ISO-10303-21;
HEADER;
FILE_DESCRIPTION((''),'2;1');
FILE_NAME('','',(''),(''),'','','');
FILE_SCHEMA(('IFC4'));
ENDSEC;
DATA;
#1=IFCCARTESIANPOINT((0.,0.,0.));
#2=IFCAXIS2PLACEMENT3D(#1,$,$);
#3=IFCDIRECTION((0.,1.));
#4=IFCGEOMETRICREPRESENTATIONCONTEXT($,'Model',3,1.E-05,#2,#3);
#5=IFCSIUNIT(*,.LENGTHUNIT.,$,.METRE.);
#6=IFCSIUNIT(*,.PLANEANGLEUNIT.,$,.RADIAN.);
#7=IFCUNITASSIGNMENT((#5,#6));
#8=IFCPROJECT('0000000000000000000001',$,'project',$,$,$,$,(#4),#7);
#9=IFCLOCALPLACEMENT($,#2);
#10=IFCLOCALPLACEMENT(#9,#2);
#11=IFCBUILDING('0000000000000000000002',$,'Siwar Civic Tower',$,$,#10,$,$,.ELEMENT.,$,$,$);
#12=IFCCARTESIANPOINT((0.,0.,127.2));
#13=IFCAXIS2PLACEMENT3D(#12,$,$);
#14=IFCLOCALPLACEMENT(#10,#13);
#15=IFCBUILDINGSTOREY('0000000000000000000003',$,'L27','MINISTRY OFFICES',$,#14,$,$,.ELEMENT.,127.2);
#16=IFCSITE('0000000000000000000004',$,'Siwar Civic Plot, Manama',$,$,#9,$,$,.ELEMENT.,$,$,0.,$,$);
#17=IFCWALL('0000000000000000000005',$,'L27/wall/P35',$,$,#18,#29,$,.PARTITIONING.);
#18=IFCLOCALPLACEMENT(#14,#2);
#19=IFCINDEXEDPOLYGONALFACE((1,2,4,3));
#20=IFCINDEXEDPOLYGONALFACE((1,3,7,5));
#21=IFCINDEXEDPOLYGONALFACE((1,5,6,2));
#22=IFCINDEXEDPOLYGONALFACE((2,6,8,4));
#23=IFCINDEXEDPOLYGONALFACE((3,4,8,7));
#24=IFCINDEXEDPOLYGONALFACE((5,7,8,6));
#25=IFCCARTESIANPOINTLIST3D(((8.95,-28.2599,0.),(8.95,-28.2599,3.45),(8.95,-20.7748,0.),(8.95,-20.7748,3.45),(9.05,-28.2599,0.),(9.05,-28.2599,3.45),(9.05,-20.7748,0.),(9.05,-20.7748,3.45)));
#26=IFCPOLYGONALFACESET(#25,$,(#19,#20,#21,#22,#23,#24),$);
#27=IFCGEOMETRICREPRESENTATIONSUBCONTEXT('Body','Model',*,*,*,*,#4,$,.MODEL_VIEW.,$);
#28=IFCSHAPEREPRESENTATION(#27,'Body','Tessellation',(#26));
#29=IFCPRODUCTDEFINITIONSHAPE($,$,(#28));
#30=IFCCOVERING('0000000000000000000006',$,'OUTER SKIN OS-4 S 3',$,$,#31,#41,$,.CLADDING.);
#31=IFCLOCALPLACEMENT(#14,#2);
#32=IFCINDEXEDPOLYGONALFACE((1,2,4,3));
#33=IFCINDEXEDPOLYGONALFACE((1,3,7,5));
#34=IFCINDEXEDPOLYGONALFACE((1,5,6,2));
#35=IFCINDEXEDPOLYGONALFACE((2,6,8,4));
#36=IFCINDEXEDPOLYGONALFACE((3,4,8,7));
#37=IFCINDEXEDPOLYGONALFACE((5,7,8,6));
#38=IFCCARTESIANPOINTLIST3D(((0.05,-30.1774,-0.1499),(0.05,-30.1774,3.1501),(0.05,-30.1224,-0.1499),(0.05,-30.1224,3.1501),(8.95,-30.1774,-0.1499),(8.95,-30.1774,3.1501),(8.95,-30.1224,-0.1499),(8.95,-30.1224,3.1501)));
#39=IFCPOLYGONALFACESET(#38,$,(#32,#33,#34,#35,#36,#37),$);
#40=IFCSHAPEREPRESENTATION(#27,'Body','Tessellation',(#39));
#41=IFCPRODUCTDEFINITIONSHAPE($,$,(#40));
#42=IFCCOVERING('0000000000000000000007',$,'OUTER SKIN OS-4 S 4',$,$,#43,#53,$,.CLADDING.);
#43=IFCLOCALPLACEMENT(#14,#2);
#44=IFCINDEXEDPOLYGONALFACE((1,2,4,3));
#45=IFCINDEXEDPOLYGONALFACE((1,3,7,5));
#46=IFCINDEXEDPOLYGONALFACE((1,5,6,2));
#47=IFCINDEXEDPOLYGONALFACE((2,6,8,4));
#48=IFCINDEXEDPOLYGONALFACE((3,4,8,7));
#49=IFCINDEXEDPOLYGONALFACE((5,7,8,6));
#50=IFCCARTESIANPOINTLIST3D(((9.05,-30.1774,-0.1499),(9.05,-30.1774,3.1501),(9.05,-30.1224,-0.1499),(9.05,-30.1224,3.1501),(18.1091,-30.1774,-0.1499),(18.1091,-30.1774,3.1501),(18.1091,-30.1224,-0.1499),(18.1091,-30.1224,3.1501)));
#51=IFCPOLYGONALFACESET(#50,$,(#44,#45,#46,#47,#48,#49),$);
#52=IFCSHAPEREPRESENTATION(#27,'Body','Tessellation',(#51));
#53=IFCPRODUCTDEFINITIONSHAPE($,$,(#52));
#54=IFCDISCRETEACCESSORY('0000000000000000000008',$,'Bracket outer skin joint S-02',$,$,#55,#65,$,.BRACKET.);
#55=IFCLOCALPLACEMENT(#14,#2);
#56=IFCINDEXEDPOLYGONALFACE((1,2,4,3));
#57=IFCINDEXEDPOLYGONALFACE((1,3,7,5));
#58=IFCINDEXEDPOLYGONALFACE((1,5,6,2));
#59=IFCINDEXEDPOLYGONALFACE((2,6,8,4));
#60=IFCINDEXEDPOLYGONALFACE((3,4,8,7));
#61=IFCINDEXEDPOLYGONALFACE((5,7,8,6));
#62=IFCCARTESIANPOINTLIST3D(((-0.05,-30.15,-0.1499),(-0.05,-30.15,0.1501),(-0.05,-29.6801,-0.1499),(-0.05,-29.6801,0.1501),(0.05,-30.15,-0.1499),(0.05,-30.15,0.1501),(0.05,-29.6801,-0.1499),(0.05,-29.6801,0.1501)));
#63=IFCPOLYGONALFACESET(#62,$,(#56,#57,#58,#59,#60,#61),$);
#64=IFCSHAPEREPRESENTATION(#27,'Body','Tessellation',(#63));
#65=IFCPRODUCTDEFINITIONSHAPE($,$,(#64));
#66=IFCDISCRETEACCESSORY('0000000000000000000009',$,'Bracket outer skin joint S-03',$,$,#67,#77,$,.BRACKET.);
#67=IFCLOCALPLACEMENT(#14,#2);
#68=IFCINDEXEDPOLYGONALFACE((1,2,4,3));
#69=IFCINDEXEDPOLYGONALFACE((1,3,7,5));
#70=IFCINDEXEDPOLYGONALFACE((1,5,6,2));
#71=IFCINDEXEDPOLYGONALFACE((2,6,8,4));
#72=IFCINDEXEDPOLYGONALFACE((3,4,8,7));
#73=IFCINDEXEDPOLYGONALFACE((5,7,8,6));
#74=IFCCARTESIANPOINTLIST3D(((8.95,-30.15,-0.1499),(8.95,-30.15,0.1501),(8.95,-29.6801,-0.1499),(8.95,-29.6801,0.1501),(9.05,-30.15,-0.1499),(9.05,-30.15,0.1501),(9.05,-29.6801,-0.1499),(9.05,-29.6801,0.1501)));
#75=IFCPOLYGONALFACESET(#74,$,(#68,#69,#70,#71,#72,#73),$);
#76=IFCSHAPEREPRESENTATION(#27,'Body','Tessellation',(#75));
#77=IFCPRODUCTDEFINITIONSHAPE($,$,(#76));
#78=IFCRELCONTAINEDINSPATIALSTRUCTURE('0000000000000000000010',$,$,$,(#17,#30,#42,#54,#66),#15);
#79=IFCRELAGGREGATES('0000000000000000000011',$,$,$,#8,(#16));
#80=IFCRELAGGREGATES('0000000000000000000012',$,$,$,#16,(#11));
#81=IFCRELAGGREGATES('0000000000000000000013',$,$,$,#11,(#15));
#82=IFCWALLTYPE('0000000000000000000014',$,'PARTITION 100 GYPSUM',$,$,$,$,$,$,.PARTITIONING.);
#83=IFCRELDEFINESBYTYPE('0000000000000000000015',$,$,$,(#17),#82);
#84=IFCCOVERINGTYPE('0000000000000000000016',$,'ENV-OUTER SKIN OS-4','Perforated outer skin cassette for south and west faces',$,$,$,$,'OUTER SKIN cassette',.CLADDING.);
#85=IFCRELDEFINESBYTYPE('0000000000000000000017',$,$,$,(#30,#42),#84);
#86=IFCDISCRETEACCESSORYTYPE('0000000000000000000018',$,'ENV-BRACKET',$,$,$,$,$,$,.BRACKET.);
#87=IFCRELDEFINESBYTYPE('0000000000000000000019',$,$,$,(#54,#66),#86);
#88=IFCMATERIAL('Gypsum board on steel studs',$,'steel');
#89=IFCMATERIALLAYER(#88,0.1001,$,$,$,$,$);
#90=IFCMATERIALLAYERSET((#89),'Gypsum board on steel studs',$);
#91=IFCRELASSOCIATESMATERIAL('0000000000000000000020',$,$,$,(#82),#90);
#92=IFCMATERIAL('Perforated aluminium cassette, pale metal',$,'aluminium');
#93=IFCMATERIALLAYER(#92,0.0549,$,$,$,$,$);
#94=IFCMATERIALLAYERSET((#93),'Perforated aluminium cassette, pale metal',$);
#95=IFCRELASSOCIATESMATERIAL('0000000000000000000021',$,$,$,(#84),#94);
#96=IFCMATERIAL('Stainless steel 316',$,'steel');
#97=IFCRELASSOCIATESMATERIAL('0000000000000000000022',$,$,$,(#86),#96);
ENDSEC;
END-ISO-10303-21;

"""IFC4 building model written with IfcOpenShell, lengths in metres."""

from ifc_helpers import new_model, si_unit, direction, frame, frame_2d, origin, origin_2d, place, context, subcontext, project, spatial, rectangle, extrude, material, layer, layer_set, type_object, element, save


model = new_model("IFC4")

# Units and contexts
model_context = context("Model", 3, precision=1e-05, world=origin(), true_north=direction((0.0, 1.0)))
body_context = subcontext(model_context, "Body", "Model", "MODEL_VIEW")
ifc_project = project(units=[si_unit("LENGTHUNIT", "METRE"), si_unit("PLANEANGLEUNIT", "RADIAN")], contexts=[model_context])

# Site, building, storey
site_placement = place(None, origin())
site = spatial("IfcSite", under=ifc_project, at=site_placement, Name="Siwar Civic Plot, Manama", CompositionType="ELEMENT", RefElevation=0.0)
building_placement = place(site_placement, origin())
building = spatial("IfcBuilding", under=site, at=building_placement, Name="Siwar Civic Tower", CompositionType="ELEMENT")
storey_placement = place(building_placement, frame((0.0, 0.0, 127.2)))
storey = spatial("IfcBuildingStorey", under=building, at=storey_placement, Name="L27", Description="MINISTRY OFFICES", CompositionType="ELEMENT", Elevation=127.2)

# Wall
ifc_material_1 = material(Name="Gypsum board on steel studs", Category="steel")
ifc_layer_1 = layer(ifc_material_1, 0.1001)
ifc_layer_set_1 = layer_set([ifc_layer_1], Name="Gypsum board on steel studs")
wall_type = type_object("IfcWallType", Name="PARTITION 100 GYPSUM", PredefinedType="PARTITIONING", material=ifc_layer_set_1)
wall_1_placement = place(storey_placement, frame((9.0, -28.26, 0.0), z_axis=(0.0, 0.0, 1.0), x_axis=(0.0, 1.0, 0.0)))
element("IfcWall", 1, at=wall_1_placement, inside=storey, type_object=wall_type, Name="L27/wall/P35", PredefinedType="PARTITIONING", context=body_context, shape_type="SweptSolid", body=[
    extrude(rectangle(XDim=7.4851, YDim=0.1001, at=frame_2d((3.7427, 0.0))), origin(), (0.0, 0.0, 1.0), 3.45),
])

# Coverings
ifc_material_2 = material(Name="Perforated aluminium cassette, pale metal", Category="aluminium")
ifc_layer_2 = layer(ifc_material_2, 0.0549)
ifc_layer_set_2 = layer_set([ifc_layer_2], Name="Perforated aluminium cassette, pale metal")
covering_type = type_object("IfcCoveringType", Name="ENV-OUTER SKIN OS-4", Description="Perforated outer skin cassette for south and west faces", ElementType="OUTER SKIN cassette", PredefinedType="CLADDING", material=ifc_layer_set_2)
covering_1_placement = place(storey_placement, frame((4.5, -30.1499, -0.1499), z_axis=(0.0, 0.0, 1.0), x_axis=(1.0, 0.0, 0.0)))
element("IfcCovering", 2, at=covering_1_placement, inside=storey, type_object=covering_type, Name="OUTER SKIN OS-4 S 3", PredefinedType="CLADDING", context=body_context, shape_type="SweptSolid", body=[
    extrude(rectangle(XDim=8.8999, YDim=0.0549, at=origin_2d()), origin(), (0.0, 0.0, 1.0), 3.3),
])
covering_2_placement = place(storey_placement, frame((13.5796, -30.1499, -0.1499), z_axis=(0.0, 0.0, 1.0), x_axis=(1.0, 0.0, 0.0)))
element("IfcCovering", 3, at=covering_2_placement, inside=storey, type_object=covering_type, Name="OUTER SKIN OS-4 S 4", PredefinedType="CLADDING", context=body_context, shape_type="SweptSolid", body=[
    extrude(rectangle(XDim=9.0591, YDim=0.0549, at=origin_2d()), origin(), (0.0, 0.0, 1.0), 3.3),
])

# Discrete accessories
ifc_material_3 = material(Name="Stainless steel 316", Category="steel")
discrete_accessory_type = type_object("IfcDiscreteAccessoryType", Name="ENV-BRACKET", PredefinedType="BRACKET", material=ifc_material_3)
for number, where, z_axis, x_axis, name in (
    (4, (0.0, -29.915, -0.1499), (0.0, 0.0, 1.0), (0.0, -1.0, 0.0), "Bracket outer skin joint S-02"),
    (5, (9.0, -29.915, -0.1499), (0.0, 0.0, 1.0), (0.0, -1.0, 0.0), "Bracket outer skin joint S-03"),
):
    element("IfcDiscreteAccessory", number, at=place(storey_placement, frame(where, z_axis=z_axis, x_axis=x_axis)), inside=storey, type_object=discrete_accessory_type, Name=name, PredefinedType="BRACKET", context=body_context, shape_type="SweptSolid", body=[
        extrude(rectangle(XDim=0.47, YDim=0.1001, at=origin_2d()), origin(), (0.0, 0.0, 1.0), 0.3),
    ])

save(model, "model.ifc")
